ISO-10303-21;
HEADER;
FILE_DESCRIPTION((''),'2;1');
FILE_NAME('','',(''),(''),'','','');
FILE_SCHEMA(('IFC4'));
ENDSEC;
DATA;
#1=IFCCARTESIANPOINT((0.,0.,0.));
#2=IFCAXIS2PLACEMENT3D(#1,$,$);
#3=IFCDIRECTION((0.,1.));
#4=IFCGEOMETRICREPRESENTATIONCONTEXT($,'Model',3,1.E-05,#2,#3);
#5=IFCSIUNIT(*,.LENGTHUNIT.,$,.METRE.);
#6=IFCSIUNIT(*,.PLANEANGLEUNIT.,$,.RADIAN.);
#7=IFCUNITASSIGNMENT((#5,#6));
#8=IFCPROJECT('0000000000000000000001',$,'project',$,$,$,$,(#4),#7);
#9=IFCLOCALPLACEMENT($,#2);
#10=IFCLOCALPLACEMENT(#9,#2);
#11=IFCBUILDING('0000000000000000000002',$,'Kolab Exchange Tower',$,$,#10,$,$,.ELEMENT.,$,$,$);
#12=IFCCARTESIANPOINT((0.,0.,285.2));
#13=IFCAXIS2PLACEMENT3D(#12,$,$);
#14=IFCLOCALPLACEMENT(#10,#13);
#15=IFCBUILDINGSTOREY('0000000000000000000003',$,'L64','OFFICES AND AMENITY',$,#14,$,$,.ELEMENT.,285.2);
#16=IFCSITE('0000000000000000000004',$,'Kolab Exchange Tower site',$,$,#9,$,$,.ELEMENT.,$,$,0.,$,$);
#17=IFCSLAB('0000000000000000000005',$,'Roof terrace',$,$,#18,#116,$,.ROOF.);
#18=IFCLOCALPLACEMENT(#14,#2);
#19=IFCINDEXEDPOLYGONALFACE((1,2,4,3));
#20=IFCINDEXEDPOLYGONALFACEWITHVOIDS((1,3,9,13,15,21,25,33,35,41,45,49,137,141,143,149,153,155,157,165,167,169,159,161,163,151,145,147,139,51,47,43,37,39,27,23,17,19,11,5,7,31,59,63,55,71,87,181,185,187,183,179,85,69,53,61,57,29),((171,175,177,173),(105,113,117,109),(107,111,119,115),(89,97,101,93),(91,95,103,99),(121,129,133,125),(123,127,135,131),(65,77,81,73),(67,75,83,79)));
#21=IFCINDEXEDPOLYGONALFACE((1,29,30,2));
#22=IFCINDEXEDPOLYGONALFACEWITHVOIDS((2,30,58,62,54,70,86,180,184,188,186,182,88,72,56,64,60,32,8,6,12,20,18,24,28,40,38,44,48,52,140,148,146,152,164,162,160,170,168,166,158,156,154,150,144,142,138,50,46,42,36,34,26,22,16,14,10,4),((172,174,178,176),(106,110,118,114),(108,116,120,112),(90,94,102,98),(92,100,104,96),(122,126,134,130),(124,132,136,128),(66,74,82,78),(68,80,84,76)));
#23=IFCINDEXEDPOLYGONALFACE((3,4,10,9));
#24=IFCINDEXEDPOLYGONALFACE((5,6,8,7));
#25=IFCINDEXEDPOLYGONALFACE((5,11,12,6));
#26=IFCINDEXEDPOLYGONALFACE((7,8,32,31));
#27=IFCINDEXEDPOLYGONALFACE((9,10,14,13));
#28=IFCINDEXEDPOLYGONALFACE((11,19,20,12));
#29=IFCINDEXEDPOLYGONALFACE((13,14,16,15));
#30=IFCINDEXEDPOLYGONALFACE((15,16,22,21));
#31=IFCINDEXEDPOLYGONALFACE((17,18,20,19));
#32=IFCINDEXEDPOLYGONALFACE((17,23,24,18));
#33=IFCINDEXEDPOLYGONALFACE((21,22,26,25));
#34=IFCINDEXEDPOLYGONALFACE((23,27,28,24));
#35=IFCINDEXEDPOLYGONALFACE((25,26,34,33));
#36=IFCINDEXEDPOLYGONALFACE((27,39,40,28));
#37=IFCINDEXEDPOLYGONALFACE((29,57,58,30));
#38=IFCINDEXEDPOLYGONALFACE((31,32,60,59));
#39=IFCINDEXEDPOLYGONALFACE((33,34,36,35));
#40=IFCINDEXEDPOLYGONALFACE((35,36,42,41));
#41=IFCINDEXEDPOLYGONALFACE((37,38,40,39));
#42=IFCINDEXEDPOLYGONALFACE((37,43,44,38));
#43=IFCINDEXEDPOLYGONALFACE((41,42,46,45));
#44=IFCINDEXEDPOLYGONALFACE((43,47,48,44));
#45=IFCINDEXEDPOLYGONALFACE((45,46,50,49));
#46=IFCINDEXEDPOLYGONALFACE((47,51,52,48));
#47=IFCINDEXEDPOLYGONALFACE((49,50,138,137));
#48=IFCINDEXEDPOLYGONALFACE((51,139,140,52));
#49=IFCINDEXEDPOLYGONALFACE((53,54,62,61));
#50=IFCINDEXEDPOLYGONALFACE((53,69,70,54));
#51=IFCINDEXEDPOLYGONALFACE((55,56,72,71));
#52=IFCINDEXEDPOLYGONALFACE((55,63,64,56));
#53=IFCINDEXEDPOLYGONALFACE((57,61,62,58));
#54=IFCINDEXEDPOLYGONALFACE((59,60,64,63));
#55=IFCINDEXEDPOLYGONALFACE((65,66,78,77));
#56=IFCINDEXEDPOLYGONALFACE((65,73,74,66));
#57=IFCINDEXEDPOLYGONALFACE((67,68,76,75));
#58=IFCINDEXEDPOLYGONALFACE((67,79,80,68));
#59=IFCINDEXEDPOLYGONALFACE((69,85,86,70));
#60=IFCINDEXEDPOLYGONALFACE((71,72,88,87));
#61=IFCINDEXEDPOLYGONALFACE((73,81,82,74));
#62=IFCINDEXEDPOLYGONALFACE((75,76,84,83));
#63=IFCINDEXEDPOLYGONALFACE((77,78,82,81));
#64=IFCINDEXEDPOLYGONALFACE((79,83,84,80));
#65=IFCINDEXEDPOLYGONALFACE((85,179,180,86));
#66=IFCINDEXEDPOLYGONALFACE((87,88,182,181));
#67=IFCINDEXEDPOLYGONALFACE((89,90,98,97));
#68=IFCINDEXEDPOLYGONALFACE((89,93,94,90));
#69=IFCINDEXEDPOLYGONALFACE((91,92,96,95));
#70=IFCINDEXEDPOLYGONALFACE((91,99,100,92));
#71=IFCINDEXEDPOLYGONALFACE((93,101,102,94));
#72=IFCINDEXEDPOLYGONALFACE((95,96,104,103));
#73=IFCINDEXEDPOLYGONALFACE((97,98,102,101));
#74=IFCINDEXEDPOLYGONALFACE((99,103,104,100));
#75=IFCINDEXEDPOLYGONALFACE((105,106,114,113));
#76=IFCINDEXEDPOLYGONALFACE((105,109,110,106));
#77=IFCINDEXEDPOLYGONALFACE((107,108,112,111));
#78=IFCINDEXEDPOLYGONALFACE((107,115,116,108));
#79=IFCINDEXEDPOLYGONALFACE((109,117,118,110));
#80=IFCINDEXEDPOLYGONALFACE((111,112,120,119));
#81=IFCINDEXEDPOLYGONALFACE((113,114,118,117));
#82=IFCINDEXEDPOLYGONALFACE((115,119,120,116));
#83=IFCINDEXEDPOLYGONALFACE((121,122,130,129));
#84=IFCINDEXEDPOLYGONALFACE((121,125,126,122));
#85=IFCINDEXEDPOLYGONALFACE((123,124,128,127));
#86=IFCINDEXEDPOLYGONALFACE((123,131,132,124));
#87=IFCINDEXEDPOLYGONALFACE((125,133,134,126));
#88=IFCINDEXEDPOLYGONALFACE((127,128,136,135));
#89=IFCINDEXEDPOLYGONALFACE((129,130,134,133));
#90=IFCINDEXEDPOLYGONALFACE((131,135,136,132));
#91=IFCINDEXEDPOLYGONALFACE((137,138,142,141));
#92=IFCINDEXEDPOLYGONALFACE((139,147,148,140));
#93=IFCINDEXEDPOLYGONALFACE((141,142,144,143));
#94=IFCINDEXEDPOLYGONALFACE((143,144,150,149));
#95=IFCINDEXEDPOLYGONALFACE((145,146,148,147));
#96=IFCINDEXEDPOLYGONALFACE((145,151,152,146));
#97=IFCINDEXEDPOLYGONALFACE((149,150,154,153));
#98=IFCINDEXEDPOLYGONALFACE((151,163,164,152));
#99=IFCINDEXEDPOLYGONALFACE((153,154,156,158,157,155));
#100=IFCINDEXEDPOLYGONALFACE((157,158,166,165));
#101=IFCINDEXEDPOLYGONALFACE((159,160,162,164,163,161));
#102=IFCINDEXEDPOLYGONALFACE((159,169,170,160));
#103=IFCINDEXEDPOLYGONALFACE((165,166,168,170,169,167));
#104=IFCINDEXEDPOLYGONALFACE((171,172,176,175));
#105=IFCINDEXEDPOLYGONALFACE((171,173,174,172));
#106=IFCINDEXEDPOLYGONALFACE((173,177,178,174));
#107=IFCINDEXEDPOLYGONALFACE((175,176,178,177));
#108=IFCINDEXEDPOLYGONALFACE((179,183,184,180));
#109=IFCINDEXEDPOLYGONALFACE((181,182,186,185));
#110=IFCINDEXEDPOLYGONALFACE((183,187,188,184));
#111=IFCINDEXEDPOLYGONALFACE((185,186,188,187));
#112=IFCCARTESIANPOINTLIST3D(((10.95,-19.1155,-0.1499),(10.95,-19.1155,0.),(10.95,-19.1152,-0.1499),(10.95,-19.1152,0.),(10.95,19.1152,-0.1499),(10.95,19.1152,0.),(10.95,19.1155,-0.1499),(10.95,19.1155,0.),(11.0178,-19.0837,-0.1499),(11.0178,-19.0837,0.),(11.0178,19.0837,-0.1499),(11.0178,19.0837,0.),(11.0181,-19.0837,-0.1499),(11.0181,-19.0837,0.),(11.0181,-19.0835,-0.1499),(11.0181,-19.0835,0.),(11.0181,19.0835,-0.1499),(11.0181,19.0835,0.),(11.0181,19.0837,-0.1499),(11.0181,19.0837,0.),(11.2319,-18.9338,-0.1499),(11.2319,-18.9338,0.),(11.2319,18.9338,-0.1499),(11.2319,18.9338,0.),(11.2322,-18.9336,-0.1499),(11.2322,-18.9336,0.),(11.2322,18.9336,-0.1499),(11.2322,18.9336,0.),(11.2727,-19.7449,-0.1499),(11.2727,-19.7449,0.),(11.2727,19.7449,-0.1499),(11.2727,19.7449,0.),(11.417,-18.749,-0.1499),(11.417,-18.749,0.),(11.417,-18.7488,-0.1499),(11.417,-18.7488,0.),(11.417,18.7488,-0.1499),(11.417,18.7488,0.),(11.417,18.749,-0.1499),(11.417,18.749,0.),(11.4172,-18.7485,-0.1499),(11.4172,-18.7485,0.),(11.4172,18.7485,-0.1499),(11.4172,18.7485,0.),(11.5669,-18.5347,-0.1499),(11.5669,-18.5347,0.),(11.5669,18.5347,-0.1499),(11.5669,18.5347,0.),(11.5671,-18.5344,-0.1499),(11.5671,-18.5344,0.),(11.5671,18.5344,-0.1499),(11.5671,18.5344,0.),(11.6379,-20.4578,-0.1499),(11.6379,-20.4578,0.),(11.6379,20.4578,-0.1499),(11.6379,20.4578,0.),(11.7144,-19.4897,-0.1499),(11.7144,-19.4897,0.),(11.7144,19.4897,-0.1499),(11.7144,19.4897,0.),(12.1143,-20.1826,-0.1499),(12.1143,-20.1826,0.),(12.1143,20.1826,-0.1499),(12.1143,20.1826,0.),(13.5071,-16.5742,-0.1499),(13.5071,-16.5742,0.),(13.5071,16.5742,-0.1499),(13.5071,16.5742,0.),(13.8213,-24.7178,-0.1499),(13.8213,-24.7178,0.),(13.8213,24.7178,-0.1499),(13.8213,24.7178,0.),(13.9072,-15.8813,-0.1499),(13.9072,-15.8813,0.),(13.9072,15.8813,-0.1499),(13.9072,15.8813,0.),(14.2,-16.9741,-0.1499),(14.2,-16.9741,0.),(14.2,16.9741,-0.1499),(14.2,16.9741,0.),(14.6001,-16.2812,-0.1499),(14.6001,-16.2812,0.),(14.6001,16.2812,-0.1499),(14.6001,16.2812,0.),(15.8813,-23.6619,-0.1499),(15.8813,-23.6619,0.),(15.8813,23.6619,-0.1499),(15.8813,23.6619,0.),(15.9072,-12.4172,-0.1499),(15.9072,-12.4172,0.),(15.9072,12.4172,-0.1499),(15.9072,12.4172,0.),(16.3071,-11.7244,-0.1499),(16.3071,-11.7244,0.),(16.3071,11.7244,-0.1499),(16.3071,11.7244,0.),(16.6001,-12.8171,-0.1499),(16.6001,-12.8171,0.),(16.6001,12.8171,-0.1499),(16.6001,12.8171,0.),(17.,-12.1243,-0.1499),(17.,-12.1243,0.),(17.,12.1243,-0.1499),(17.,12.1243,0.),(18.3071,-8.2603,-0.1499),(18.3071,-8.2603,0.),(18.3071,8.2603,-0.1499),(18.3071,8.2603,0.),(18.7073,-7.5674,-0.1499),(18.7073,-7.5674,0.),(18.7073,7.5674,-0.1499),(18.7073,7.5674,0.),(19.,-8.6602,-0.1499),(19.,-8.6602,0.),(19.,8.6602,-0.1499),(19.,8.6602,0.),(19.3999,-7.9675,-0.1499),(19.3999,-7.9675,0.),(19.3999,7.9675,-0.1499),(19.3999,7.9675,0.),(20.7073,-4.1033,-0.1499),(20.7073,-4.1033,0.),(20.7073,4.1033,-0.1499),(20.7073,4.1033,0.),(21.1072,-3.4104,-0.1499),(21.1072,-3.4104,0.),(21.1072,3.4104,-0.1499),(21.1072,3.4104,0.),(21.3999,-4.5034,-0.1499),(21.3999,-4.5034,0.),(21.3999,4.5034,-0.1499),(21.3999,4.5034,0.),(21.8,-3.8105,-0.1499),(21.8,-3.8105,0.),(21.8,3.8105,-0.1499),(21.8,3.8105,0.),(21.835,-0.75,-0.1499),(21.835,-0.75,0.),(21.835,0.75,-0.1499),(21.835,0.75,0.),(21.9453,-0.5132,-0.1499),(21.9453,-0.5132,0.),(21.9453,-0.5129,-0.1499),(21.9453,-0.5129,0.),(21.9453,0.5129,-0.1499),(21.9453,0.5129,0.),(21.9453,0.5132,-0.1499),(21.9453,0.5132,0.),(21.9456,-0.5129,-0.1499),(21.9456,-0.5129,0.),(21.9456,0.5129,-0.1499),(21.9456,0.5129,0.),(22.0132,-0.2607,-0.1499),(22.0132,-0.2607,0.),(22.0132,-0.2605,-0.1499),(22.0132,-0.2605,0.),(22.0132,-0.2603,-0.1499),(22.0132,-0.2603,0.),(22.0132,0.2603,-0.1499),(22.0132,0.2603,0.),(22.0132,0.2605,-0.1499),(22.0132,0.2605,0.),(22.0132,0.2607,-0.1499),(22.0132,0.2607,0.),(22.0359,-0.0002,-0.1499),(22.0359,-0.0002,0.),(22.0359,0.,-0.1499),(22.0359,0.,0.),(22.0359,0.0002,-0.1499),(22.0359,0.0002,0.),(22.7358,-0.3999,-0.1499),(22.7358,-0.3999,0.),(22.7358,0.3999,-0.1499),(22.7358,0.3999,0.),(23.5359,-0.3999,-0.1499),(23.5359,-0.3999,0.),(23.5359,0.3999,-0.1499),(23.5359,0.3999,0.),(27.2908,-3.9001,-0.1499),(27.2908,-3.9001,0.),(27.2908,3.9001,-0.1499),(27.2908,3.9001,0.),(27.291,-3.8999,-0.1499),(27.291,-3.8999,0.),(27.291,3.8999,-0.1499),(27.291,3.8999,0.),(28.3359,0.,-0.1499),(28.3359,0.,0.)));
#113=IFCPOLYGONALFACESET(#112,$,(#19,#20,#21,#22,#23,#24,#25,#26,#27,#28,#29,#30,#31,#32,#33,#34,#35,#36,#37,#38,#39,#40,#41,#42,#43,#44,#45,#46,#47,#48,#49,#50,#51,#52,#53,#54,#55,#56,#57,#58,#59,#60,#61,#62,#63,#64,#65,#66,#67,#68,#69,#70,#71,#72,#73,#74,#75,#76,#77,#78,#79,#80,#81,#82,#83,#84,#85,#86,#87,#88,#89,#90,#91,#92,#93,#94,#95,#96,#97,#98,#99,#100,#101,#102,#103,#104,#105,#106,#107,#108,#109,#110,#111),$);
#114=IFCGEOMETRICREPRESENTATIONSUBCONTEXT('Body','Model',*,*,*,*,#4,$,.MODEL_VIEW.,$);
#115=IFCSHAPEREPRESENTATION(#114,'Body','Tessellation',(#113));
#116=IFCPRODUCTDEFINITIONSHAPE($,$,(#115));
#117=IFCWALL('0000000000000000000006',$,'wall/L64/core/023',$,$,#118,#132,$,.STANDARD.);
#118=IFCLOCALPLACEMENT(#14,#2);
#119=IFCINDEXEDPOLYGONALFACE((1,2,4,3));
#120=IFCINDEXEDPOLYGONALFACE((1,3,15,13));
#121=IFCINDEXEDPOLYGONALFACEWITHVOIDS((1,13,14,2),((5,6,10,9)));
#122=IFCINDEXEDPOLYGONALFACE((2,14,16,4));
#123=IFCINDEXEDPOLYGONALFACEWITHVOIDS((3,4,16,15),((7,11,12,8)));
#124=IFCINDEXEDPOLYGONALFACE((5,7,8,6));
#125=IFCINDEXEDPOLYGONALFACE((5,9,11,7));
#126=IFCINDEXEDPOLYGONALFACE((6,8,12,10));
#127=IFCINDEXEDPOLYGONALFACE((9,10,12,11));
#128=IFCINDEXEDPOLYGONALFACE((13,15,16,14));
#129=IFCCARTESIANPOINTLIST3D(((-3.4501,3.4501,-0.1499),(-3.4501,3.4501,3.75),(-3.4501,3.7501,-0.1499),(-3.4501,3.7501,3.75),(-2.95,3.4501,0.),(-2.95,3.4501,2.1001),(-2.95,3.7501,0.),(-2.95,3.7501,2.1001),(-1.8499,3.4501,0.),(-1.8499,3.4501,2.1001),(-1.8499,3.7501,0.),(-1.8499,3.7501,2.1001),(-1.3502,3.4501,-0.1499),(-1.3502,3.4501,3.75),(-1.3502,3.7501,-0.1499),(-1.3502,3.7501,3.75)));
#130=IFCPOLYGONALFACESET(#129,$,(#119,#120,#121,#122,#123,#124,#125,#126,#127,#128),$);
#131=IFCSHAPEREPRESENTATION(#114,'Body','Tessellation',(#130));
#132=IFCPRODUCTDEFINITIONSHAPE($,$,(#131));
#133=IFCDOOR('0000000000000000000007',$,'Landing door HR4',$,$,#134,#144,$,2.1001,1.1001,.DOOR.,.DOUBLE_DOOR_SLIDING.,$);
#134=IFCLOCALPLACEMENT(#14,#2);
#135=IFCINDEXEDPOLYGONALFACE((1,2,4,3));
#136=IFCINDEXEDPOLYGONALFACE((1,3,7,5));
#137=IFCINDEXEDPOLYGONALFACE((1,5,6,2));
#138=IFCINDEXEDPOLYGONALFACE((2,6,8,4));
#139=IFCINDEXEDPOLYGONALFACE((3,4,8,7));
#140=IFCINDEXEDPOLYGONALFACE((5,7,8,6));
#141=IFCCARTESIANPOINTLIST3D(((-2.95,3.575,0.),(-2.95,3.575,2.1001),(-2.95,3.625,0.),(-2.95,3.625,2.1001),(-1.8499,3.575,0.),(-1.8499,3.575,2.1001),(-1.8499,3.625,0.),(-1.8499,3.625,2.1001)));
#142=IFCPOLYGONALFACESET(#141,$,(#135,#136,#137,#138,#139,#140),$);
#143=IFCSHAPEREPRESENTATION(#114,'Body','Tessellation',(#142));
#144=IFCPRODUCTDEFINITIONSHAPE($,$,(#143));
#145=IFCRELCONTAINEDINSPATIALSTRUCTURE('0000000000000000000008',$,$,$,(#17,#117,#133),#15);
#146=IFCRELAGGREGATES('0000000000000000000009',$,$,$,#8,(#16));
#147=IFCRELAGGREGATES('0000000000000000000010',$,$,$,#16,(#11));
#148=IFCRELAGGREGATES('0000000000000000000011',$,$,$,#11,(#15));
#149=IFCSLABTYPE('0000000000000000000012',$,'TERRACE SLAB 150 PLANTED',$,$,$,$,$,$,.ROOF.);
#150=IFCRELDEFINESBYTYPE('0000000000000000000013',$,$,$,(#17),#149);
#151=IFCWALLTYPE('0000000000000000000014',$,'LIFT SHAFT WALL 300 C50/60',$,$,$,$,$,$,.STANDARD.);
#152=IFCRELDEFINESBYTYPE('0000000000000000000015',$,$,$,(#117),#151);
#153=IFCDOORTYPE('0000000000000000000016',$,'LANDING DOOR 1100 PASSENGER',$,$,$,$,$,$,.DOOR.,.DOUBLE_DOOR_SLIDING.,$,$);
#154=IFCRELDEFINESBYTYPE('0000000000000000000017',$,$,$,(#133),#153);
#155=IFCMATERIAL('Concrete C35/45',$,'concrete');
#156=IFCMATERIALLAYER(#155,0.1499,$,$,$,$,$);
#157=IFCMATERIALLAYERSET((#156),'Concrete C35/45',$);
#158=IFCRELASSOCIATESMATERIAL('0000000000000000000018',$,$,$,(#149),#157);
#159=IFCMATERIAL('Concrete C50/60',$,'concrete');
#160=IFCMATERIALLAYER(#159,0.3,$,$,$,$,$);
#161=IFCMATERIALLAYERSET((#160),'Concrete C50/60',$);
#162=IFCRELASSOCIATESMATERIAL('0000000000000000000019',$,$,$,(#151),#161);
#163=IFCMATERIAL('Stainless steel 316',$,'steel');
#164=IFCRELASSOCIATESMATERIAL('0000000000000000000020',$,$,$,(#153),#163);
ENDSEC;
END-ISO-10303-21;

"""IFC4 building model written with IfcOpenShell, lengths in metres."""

from ifc_helpers import new_model, si_unit, direction, frame, frame_2d, origin, place, context, subcontext, project, spatial, polyline, rectangle, outline, extrude, material, layer, layer_set, type_object, element, fill, save


model = new_model("IFC4")

# Units and contexts
model_context = context("Model", 3, precision=1e-05, world=origin(), true_north=direction((0.0, 1.0)))
body_context = subcontext(model_context, "Body", "Model", "MODEL_VIEW")
ifc_project = project(units=[si_unit("LENGTHUNIT", "METRE"), si_unit("PLANEANGLEUNIT", "RADIAN")], contexts=[model_context])

# Site, building, storey
site_placement = place(None, origin())
site = spatial("IfcSite", under=ifc_project, at=site_placement, Name="Kolab Exchange Tower site", CompositionType="ELEMENT", RefElevation=0.0)
building_placement = place(site_placement, origin())
building = spatial("IfcBuilding", under=site, at=building_placement, Name="Kolab Exchange Tower", CompositionType="ELEMENT")
storey_placement = place(building_placement, frame((0.0, 0.0, 285.2)))
storey = spatial("IfcBuildingStorey", under=building, at=storey_placement, Name="L64", Description="OFFICES AND AMENITY", CompositionType="ELEMENT", Elevation=285.2)

# Slab
ifc_material_1 = material(Name="Concrete C35/45", Category="concrete")
ifc_layer_1 = layer(ifc_material_1, 0.1499)
ifc_layer_set_1 = layer_set([ifc_layer_1], Name="Concrete C35/45")
slab_type_1 = type_object("IfcSlabType", Name="TERRACE SLAB 150 PLANTED", PredefinedType="ROOF", material=ifc_layer_set_1)
slab_1_placement = place(storey_placement, frame((0.0, 0.0, -0.1499)))
element("IfcSlab", 1, at=slab_1_placement, inside=storey, type_object=slab_type_1, Name="Roof terrace", PredefinedType="ROOF", context=body_context, shape_type="SweptSolid", body=[
    extrude(outline(polyline([(10.95, -19.1152), (10.95, -19.1155), (11.2727, -19.7449), (11.7144, -19.4897), (12.1143, -20.1826), (11.6379, -20.4578), (13.8213, -24.7178), (15.8813, -23.6619), (27.2908, -3.9001), (27.291, -3.8999), (28.3359, 0.0), (27.291, 3.8999), (27.2908, 3.9001), (15.8813, 23.6619), (13.8213, 24.7178), (11.6379, 20.4578), (12.1143, 20.1826), (11.7144, 19.4897), (11.2727, 19.7449), (10.95, 19.1155), (10.95, 19.1152), (11.0178, 19.0837), (11.0181, 19.0837), (11.0181, 19.0835), (11.2319, 18.9338), (11.2322, 18.9336), (11.417, 18.749), (11.417, 18.7488), (11.4172, 18.7485), (11.5669, 18.5347), (11.5671, 18.5344), (21.835, 0.75), (21.9453, 0.5132), (21.9453, 0.5129), (21.9456, 0.5129), (22.0132, 0.2607), (22.0132, 0.2605), (22.0132, 0.2603), (22.0359, 0.0002), (22.0359, 0.0), (22.0359, -0.0002), (22.0132, -0.2603), (22.0132, -0.2605), (22.0132, -0.2607), (21.9456, -0.5129), (21.9453, -0.5129), (21.9453, -0.5132), (21.835, -0.75), (11.5671, -18.5344), (11.5669, -18.5347), (11.4172, -18.7485), (11.417, -18.7488), (11.417, -18.749), (11.2322, -18.9336), (11.2319, -18.9338), (11.0181, -19.0835), (11.0181, -19.0837), (11.0178, -19.0837), (10.95, -19.1152)]), holes=[polyline([(13.5071, -16.5742), (13.9072, -15.8813), (14.6001, -16.2812), (14.2, -16.9741), (13.5071, -16.5742)]), polyline([(15.9072, -12.4172), (16.3071, -11.7244), (17.0, -12.1243), (16.6001, -12.8171), (15.9072, -12.4172)]), polyline([(18.3071, -8.2603), (18.7073, -7.5674), (19.3999, -7.9675), (19.0, -8.6602), (18.3071, -8.2603)]), polyline([(20.7073, -4.1033), (21.1072, -3.4104), (21.8, -3.8105), (21.3999, -4.5034), (20.7073, -4.1033)]), polyline([(22.7358, -0.3999), (22.7358, 0.3999), (23.5359, 0.3999), (23.5359, -0.3999), (22.7358, -0.3999)]), polyline([(20.7073, 4.1033), (21.3999, 4.5034), (21.8, 3.8105), (21.1072, 3.4104), (20.7073, 4.1033)]), polyline([(18.3071, 8.2603), (19.0, 8.6602), (19.3999, 7.9675), (18.7073, 7.5674), (18.3071, 8.2603)]), polyline([(15.9072, 12.4172), (16.6001, 12.8171), (17.0, 12.1243), (16.3071, 11.7244), (15.9072, 12.4172)]), polyline([(13.5071, 16.5742), (14.2, 16.9741), (14.6001, 16.2812), (13.9072, 15.8813), (13.5071, 16.5742)])]), origin(), (0.0, 0.0, 1.0), 0.1499),
])

# Wall, opening, door
ifc_material_2 = material(Name="Concrete C50/60", Category="concrete")
ifc_layer_2 = layer(ifc_material_2, 0.3)
ifc_layer_set_2 = layer_set([ifc_layer_2], Name="Concrete C50/60")
wall_type_1 = type_object("IfcWallType", Name="LIFT SHAFT WALL 300 C50/60", PredefinedType="STANDARD", material=ifc_layer_set_2)
wall_1_placement = place(storey_placement, frame((-3.45, 3.6001, -0.1499), z_axis=(0.0, 0.0, 1.0), x_axis=(1.0, 0.0, 0.0)))
wall_1 = element("IfcWall", 2, at=wall_1_placement, inside=storey, type_object=wall_type_1, Name="wall/L64/core/023", PredefinedType="STANDARD", context=body_context, shape_type="SweptSolid", body=[
    extrude(rectangle(XDim=2.0999, YDim=0.3, at=frame_2d((1.0498, 0.0))), origin(), (0.0, 0.0, 1.0), 3.8999),
])
opening_1_placement = place(wall_1_placement, frame((0.5, 0.0, 0.1499)))
opening_1 = element("IfcOpeningElement", 3, at=opening_1_placement, cuts=wall_1, PredefinedType="OPENING", context=body_context, shape_type="SweptSolid", body=[
    extrude(rectangle(XDim=1.1001, YDim=2.1001, at=frame_2d((0.55, 1.05))), frame((0.0, 0.1602, 0.0), z_axis=(0.0, -1.0, 0.0), x_axis=(1.0, 0.0, 0.0)), (0.0, 0.0, 1.0), 0.3201),
])
ifc_material_3 = material(Name="Stainless steel 316", Category="steel")
door_type_1 = type_object("IfcDoorType", Name="LANDING DOOR 1100 PASSENGER", OperationType="DOUBLE_DOOR_SLIDING", PredefinedType="DOOR", material=ifc_material_3)
door_1_placement = place(opening_1_placement, origin())
door_1 = element("IfcDoor", 4, at=door_1_placement, inside=storey, type_object=door_type_1, Name="Landing door HR4", OperationType="DOUBLE_DOOR_SLIDING", OverallHeight=2.1001, OverallWidth=1.1001, PredefinedType="DOOR", context=body_context, shape_type="SweptSolid", body=[
    extrude(rectangle(XDim=1.1001, YDim=2.1001, at=frame_2d((0.55, 1.05))), frame((0.0, 0.0249, 0.0), z_axis=(0.0, -1.0, 0.0), x_axis=(1.0, 0.0, 0.0)), (0.0, 0.0, 1.0), 0.05),
])
fill(opening_1, door_1)

save(model, "model.ifc")
